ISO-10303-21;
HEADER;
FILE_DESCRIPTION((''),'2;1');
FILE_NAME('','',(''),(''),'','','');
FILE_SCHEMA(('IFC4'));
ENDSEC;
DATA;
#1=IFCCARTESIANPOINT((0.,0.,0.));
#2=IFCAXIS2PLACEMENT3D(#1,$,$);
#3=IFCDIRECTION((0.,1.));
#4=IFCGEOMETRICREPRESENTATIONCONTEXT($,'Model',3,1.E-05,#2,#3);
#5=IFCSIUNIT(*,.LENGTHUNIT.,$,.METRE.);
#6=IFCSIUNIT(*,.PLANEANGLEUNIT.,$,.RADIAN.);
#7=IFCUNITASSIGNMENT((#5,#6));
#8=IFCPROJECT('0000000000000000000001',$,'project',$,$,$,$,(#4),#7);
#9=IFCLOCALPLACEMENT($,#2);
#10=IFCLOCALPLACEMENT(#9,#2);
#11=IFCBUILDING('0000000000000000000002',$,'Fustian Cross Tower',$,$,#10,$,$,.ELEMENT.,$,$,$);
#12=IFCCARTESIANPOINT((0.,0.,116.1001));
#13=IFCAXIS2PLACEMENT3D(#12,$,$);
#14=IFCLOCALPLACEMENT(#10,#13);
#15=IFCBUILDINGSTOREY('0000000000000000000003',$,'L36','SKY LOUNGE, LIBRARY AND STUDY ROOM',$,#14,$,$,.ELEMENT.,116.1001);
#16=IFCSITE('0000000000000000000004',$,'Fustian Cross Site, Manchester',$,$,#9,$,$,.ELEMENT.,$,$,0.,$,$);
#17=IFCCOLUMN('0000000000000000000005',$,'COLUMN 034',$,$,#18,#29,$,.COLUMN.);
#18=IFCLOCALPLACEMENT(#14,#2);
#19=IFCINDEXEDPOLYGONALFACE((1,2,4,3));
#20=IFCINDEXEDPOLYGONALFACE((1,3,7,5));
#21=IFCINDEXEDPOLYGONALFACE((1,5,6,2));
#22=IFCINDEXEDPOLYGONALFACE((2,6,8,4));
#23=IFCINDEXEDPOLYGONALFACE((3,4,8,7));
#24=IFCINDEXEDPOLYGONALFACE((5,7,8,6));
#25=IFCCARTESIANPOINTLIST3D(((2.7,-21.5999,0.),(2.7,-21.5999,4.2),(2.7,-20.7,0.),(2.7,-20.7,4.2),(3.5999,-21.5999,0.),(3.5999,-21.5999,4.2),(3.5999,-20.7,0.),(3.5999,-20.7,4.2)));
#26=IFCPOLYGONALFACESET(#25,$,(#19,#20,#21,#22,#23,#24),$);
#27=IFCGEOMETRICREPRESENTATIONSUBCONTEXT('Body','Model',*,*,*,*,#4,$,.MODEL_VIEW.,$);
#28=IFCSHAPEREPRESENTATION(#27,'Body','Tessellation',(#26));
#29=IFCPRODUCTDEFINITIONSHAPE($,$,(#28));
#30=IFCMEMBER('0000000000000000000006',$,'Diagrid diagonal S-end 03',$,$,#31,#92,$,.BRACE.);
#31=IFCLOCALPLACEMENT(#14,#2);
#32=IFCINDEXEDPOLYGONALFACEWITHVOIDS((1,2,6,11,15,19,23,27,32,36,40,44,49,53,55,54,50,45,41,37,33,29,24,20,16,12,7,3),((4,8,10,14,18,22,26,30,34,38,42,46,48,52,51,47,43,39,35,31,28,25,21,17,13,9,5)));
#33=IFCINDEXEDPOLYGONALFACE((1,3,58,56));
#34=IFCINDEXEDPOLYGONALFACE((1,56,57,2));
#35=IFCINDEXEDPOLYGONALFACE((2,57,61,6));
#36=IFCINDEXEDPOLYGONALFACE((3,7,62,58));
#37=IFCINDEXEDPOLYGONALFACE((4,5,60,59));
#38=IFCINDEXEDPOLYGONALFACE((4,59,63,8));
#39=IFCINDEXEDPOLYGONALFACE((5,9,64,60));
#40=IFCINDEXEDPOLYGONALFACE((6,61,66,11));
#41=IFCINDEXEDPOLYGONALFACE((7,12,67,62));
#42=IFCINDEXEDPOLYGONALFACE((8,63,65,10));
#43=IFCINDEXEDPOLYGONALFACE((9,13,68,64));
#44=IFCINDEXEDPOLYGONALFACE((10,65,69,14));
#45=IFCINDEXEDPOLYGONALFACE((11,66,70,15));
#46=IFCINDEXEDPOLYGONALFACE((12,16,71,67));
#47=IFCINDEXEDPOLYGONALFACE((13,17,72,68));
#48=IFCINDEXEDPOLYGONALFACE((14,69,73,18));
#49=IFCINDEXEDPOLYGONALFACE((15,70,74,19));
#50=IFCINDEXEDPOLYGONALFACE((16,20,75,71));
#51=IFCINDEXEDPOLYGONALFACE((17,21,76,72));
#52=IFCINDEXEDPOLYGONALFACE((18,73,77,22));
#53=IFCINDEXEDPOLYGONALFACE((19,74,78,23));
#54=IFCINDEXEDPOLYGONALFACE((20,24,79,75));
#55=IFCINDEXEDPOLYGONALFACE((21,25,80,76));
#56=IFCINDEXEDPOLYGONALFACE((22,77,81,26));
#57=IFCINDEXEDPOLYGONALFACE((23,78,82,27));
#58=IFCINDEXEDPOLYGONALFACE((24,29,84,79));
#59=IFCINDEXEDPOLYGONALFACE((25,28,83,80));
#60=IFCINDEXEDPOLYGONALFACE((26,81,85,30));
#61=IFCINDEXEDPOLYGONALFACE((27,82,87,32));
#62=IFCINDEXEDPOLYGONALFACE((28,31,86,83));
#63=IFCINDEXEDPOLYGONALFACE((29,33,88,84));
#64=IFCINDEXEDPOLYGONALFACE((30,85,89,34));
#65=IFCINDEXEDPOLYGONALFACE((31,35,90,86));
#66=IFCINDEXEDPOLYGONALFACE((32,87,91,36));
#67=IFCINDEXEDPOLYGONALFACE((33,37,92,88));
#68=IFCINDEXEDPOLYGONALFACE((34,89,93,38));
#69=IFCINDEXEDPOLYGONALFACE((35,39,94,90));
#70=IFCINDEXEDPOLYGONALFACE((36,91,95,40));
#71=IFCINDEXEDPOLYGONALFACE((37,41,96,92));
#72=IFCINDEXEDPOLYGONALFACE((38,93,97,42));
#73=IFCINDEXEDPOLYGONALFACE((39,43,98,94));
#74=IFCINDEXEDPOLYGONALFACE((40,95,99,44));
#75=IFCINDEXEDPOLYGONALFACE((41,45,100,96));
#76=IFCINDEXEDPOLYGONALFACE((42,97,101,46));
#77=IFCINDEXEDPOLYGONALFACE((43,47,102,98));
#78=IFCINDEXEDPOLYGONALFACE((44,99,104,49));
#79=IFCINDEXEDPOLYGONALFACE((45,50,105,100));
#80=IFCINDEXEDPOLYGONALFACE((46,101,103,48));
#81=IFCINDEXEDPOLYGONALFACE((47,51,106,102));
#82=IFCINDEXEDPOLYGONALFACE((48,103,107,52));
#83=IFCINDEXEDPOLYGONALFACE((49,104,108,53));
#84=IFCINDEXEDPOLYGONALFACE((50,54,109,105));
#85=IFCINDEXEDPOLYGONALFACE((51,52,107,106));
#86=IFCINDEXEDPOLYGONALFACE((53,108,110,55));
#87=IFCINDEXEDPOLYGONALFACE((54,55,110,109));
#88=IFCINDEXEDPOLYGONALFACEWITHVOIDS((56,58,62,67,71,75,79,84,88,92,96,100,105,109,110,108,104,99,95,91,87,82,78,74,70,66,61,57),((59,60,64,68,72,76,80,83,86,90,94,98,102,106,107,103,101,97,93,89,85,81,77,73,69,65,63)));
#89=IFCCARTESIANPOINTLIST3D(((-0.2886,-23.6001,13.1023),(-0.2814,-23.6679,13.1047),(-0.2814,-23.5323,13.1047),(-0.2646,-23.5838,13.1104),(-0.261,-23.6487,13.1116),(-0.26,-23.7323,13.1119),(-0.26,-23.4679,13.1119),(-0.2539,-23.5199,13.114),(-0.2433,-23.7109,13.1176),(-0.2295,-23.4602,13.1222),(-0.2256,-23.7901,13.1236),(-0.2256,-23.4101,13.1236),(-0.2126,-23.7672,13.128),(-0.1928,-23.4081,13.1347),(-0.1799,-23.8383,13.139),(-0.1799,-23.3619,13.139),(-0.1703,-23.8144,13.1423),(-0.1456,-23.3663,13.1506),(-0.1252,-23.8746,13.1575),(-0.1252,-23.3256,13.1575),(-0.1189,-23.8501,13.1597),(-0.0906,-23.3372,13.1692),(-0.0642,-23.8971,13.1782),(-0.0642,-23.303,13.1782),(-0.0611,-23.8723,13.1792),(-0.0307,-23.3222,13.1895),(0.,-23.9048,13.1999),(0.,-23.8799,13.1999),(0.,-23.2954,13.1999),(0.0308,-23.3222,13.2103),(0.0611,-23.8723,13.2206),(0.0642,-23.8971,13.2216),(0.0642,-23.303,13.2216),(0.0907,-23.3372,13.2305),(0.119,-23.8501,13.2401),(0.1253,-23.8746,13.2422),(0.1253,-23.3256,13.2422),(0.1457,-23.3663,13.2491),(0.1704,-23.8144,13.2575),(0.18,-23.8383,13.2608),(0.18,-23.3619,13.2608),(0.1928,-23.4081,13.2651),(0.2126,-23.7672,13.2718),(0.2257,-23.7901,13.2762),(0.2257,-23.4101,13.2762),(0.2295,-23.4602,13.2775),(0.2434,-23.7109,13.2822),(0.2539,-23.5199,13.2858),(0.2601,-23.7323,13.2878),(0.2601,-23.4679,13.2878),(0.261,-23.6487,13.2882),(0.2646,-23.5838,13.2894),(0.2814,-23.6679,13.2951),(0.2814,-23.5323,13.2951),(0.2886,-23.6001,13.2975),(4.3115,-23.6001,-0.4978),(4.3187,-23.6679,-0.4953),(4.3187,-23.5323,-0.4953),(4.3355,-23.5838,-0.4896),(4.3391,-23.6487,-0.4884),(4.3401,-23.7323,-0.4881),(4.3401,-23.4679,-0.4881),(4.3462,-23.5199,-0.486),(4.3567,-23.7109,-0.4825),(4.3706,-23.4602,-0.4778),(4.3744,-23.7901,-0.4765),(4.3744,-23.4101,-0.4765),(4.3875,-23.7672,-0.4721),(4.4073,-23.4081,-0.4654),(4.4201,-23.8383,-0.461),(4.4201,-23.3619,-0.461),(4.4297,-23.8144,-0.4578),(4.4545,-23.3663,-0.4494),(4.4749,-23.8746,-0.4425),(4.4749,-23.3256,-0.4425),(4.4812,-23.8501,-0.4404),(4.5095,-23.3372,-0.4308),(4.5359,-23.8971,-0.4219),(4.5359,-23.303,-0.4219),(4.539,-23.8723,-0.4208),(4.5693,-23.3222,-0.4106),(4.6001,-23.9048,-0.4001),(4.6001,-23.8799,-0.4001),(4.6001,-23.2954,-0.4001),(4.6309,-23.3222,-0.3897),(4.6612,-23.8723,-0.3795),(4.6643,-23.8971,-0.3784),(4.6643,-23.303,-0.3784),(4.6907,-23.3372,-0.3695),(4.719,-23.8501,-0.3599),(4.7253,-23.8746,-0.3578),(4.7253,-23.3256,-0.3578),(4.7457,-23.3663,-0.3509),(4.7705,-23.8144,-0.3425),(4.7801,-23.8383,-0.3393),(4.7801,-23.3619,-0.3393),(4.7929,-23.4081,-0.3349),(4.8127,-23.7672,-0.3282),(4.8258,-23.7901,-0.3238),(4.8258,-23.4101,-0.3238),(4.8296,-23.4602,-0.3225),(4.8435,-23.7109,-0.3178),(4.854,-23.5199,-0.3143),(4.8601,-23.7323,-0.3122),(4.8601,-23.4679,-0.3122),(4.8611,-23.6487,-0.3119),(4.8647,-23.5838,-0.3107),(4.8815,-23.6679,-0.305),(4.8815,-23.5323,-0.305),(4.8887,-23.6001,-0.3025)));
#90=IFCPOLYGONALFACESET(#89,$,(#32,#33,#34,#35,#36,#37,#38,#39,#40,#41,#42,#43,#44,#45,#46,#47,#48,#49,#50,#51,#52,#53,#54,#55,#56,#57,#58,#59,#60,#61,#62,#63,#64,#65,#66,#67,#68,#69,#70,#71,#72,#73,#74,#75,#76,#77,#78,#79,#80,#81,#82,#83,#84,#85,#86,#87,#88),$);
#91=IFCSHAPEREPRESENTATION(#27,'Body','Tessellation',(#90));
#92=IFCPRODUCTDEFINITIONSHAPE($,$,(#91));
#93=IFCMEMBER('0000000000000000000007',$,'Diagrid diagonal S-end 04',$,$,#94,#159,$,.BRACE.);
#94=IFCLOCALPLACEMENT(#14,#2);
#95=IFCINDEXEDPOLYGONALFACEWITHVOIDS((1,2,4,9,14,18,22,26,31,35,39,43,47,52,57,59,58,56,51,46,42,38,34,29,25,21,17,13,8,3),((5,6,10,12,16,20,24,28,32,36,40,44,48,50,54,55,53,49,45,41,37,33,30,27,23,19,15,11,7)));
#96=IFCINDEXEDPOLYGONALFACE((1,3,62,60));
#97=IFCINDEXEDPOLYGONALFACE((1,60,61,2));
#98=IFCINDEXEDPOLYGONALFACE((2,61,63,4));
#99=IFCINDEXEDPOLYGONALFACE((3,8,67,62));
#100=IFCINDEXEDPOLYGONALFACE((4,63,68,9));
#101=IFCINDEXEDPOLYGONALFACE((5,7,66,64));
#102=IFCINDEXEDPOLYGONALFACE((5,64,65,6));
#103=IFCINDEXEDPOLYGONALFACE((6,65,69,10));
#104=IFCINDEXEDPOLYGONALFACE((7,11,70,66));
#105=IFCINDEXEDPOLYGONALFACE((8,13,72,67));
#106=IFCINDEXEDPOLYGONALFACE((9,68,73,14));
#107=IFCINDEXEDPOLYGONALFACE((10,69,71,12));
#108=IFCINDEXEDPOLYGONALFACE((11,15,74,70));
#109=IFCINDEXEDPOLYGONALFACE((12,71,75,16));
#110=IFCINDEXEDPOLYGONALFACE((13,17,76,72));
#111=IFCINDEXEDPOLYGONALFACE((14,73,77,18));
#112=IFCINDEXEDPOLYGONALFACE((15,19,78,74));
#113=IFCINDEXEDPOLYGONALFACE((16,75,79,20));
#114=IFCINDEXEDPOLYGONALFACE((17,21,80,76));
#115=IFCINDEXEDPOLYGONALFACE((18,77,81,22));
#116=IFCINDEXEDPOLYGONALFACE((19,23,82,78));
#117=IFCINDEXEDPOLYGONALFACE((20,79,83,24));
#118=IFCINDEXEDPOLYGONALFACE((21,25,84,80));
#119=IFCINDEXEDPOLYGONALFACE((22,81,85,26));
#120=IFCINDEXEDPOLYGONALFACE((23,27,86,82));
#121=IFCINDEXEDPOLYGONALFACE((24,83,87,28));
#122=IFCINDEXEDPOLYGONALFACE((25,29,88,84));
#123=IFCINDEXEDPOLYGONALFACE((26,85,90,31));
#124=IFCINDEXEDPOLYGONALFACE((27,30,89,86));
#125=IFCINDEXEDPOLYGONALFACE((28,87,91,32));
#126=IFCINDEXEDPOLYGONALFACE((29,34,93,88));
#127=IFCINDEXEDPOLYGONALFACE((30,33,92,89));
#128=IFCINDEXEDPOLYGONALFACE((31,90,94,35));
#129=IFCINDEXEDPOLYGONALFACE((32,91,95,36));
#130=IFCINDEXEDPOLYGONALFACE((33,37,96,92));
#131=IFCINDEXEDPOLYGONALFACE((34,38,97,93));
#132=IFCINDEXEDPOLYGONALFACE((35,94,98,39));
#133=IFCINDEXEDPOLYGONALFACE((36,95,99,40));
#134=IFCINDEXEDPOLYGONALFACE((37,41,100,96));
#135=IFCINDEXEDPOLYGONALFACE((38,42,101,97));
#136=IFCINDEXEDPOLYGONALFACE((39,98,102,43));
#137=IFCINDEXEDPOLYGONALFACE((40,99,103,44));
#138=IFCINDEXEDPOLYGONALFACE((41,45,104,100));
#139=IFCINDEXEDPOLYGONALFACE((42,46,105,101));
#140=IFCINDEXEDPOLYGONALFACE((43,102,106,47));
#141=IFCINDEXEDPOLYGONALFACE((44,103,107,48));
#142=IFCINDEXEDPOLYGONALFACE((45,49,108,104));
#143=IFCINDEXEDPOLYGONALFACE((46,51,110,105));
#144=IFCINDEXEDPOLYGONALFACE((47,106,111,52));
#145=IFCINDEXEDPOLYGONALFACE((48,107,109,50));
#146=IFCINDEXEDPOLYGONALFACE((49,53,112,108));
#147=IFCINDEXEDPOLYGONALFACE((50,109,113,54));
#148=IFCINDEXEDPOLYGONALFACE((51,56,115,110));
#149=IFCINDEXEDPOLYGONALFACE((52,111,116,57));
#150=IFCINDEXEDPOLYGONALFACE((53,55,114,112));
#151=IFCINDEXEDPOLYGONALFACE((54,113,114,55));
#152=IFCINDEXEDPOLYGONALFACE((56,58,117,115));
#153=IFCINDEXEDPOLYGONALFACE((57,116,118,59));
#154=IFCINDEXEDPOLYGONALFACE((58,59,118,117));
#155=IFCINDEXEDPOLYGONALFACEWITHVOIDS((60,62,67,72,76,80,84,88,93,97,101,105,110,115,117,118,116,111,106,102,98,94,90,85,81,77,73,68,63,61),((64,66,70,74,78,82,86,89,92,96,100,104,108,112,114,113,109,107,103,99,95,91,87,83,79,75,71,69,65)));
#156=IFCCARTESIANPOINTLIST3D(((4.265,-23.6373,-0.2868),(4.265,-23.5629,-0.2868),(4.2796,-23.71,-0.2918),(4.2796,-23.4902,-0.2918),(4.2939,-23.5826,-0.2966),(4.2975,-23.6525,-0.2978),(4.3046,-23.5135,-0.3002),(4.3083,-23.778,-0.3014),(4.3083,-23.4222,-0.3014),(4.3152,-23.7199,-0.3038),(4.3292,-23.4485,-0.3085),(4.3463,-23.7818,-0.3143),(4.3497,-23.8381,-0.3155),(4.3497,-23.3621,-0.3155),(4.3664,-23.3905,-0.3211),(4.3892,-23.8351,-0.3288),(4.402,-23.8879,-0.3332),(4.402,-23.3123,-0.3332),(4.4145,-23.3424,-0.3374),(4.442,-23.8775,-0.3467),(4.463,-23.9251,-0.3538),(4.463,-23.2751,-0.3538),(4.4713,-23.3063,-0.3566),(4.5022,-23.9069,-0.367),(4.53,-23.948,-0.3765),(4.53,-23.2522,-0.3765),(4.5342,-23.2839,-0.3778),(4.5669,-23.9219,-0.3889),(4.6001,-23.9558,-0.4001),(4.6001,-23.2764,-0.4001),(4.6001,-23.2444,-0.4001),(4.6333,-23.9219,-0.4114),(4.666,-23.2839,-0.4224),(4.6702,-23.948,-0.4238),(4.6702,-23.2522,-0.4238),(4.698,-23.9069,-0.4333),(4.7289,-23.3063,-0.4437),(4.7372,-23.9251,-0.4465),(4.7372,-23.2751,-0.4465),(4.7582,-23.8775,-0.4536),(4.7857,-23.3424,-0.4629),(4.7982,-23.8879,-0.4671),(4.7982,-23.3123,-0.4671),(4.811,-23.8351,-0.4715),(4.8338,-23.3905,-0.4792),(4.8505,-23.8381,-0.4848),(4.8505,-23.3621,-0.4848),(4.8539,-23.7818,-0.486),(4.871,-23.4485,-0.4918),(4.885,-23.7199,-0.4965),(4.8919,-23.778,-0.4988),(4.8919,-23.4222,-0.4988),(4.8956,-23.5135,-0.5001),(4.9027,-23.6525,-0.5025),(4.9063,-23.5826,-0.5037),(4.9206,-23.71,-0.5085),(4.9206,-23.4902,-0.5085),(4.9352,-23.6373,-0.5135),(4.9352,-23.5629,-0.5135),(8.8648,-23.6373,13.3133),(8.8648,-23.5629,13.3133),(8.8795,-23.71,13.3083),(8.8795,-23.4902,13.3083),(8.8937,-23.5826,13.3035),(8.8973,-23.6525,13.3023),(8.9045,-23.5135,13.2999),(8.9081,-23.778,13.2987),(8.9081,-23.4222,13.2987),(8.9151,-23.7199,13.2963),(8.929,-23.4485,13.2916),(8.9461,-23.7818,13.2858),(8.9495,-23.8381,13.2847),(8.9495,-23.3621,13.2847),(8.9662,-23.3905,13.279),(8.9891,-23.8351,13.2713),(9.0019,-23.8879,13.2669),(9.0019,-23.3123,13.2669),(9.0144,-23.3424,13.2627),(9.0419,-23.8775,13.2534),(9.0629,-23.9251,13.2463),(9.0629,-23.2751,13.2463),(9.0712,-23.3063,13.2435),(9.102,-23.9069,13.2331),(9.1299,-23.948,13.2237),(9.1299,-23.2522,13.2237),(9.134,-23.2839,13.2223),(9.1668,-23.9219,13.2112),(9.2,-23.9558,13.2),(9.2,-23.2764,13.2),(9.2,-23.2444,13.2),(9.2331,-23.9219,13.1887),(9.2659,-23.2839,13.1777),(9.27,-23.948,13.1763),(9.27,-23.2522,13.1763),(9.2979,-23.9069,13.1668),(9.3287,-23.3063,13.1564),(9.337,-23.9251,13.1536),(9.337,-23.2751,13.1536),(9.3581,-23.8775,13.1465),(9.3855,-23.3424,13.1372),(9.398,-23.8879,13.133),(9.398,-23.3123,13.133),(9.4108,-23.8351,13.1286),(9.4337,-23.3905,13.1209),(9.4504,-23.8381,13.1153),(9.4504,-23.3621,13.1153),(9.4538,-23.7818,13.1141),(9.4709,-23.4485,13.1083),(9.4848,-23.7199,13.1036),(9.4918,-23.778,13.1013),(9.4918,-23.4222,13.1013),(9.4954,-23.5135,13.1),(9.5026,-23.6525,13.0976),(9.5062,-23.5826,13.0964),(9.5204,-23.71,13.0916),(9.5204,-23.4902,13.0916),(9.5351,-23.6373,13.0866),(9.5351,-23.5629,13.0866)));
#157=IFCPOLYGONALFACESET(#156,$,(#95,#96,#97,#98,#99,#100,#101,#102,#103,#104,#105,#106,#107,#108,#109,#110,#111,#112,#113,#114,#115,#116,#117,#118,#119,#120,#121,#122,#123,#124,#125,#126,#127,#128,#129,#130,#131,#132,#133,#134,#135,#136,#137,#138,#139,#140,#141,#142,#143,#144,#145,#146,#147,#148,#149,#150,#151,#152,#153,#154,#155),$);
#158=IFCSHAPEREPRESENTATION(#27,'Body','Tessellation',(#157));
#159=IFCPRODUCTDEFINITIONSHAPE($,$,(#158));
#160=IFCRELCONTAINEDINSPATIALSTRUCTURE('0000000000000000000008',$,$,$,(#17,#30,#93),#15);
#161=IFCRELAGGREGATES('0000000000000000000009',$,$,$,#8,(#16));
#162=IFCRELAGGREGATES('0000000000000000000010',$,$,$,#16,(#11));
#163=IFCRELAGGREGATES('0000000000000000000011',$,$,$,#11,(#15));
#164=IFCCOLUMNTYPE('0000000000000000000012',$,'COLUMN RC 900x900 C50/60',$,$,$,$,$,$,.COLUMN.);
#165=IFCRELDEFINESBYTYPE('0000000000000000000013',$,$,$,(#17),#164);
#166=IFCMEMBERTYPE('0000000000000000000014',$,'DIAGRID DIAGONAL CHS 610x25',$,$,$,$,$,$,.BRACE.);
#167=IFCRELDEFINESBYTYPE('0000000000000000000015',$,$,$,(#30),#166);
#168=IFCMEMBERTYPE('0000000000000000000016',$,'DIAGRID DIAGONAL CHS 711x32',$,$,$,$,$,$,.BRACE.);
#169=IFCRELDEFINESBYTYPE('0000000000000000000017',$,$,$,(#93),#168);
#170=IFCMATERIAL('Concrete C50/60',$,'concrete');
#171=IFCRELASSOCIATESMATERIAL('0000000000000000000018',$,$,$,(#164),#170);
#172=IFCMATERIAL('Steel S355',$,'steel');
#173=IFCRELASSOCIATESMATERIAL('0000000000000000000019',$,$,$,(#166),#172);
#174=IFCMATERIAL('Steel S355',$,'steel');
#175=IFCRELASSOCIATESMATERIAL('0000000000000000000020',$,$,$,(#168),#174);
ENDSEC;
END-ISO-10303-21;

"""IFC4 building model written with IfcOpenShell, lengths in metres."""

from ifc_helpers import new_model, si_unit, direction, frame, origin, origin_2d, place, context, subcontext, project, spatial, rectangle, hollow_circle, extrude, material, material_profile, profile_set, type_object, element, save


model = new_model("IFC4")

# Units and contexts
model_context = context("Model", 3, precision=1e-05, world=origin(), true_north=direction((0.0, 1.0)))
body_context = subcontext(model_context, "Body", "Model", "MODEL_VIEW")
ifc_project = project(units=[si_unit("LENGTHUNIT", "METRE"), si_unit("PLANEANGLEUNIT", "RADIAN")], contexts=[model_context])

# Site, building, storey
site_placement = place(None, origin())
site = spatial("IfcSite", under=ifc_project, at=site_placement, Name="Fustian Cross Site, Manchester", CompositionType="ELEMENT", RefElevation=0.0)
building_placement = place(site_placement, origin())
building = spatial("IfcBuilding", under=site, at=building_placement, Name="Fustian Cross Tower", CompositionType="ELEMENT")
storey_placement = place(building_placement, frame((0.0, 0.0, 116.1001)))
storey = spatial("IfcBuildingStorey", under=building, at=storey_placement, Name="L36", Description="SKY LOUNGE, LIBRARY AND STUDY ROOM", CompositionType="ELEMENT", Elevation=116.1001)

# Column
ifc_material_1 = material(Name="Concrete C50/60", Category="concrete")
ifc_material_profile_1 = material_profile(ifc_material_1, rectangle(XDim=0.8999, YDim=0.8999, at=origin_2d()), Name="RC 900x900")
ifc_profile_set_1 = profile_set([ifc_material_profile_1], Name="Concrete C50/60")
column_type = type_object("IfcColumnType", Name="COLUMN RC 900x900 C50/60", PredefinedType="COLUMN", material=ifc_profile_set_1)
column_placement = place(storey_placement, frame((3.1499, -21.1499, 0.0), z_axis=(0.0, 0.0, 1.0), x_axis=(1.0, 0.0, 0.0)))
element("IfcColumn", 1, at=column_placement, inside=storey, type_object=column_type, Name="COLUMN 034", PredefinedType="COLUMN", context=body_context, shape_type="SweptSolid", body=[
    extrude(rectangle(XDim=0.8999, YDim=0.8999, at=origin_2d()), origin(), (0.0, 0.0, 1.0), 4.2),
])

# Members
ifc_material_2 = material(Name="Steel S355", Category="steel")
ifc_material_profile_2 = material_profile(ifc_material_2, hollow_circle(Radius=0.3047, WallThickness=0.0249, at=origin_2d()), Name="CHS 610x25")
ifc_profile_set_2 = profile_set([ifc_material_profile_2], Name="Steel S355")
member_type_1 = type_object("IfcMemberType", Name="DIAGRID DIAGONAL CHS 610x25", PredefinedType="BRACE", material=ifc_profile_set_2)
member_1_placement = place(storey_placement, frame((4.6001, -23.6001, -0.4001), z_axis=(-0.320408, 0.0, 0.94728), x_axis=(0.0, -1.0, 0.0)))
element("IfcMember", 2, at=member_1_placement, inside=storey, type_object=member_type_1, Name="Diagrid diagonal S-end 03", PredefinedType="BRACE", context=body_context, shape_type="SweptSolid", body=[
    extrude(hollow_circle(Radius=0.3047, WallThickness=0.0249, at=origin_2d()), origin(), (0.0, 0.0, 1.0), 14.3569),
])
ifc_material_3 = material(Name="Steel S355", Category="steel")
ifc_material_profile_3 = material_profile(ifc_material_3, hollow_circle(Radius=0.3557, WallThickness=0.032, at=origin_2d()), Name="CHS 711x32")
ifc_profile_set_3 = profile_set([ifc_material_profile_3], Name="Steel S355")
member_type_2 = type_object("IfcMemberType", Name="DIAGRID DIAGONAL CHS 711x32", PredefinedType="BRACE", material=ifc_profile_set_3)
member_2_placement = place(storey_placement, frame((4.6001, -23.6001, -0.4001), z_axis=(0.320393, 0.0, 0.947285), x_axis=(0.0, 1.0, 0.0)))
element("IfcMember", 3, at=member_2_placement, inside=storey, type_object=member_type_2, Name="Diagrid diagonal S-end 04", PredefinedType="BRACE", context=body_context, shape_type="SweptSolid", body=[
    extrude(hollow_circle(Radius=0.3557, WallThickness=0.032, at=origin_2d()), origin(), (0.0, 0.0, 1.0), 14.3569),
])

save(model, "model.ifc")
